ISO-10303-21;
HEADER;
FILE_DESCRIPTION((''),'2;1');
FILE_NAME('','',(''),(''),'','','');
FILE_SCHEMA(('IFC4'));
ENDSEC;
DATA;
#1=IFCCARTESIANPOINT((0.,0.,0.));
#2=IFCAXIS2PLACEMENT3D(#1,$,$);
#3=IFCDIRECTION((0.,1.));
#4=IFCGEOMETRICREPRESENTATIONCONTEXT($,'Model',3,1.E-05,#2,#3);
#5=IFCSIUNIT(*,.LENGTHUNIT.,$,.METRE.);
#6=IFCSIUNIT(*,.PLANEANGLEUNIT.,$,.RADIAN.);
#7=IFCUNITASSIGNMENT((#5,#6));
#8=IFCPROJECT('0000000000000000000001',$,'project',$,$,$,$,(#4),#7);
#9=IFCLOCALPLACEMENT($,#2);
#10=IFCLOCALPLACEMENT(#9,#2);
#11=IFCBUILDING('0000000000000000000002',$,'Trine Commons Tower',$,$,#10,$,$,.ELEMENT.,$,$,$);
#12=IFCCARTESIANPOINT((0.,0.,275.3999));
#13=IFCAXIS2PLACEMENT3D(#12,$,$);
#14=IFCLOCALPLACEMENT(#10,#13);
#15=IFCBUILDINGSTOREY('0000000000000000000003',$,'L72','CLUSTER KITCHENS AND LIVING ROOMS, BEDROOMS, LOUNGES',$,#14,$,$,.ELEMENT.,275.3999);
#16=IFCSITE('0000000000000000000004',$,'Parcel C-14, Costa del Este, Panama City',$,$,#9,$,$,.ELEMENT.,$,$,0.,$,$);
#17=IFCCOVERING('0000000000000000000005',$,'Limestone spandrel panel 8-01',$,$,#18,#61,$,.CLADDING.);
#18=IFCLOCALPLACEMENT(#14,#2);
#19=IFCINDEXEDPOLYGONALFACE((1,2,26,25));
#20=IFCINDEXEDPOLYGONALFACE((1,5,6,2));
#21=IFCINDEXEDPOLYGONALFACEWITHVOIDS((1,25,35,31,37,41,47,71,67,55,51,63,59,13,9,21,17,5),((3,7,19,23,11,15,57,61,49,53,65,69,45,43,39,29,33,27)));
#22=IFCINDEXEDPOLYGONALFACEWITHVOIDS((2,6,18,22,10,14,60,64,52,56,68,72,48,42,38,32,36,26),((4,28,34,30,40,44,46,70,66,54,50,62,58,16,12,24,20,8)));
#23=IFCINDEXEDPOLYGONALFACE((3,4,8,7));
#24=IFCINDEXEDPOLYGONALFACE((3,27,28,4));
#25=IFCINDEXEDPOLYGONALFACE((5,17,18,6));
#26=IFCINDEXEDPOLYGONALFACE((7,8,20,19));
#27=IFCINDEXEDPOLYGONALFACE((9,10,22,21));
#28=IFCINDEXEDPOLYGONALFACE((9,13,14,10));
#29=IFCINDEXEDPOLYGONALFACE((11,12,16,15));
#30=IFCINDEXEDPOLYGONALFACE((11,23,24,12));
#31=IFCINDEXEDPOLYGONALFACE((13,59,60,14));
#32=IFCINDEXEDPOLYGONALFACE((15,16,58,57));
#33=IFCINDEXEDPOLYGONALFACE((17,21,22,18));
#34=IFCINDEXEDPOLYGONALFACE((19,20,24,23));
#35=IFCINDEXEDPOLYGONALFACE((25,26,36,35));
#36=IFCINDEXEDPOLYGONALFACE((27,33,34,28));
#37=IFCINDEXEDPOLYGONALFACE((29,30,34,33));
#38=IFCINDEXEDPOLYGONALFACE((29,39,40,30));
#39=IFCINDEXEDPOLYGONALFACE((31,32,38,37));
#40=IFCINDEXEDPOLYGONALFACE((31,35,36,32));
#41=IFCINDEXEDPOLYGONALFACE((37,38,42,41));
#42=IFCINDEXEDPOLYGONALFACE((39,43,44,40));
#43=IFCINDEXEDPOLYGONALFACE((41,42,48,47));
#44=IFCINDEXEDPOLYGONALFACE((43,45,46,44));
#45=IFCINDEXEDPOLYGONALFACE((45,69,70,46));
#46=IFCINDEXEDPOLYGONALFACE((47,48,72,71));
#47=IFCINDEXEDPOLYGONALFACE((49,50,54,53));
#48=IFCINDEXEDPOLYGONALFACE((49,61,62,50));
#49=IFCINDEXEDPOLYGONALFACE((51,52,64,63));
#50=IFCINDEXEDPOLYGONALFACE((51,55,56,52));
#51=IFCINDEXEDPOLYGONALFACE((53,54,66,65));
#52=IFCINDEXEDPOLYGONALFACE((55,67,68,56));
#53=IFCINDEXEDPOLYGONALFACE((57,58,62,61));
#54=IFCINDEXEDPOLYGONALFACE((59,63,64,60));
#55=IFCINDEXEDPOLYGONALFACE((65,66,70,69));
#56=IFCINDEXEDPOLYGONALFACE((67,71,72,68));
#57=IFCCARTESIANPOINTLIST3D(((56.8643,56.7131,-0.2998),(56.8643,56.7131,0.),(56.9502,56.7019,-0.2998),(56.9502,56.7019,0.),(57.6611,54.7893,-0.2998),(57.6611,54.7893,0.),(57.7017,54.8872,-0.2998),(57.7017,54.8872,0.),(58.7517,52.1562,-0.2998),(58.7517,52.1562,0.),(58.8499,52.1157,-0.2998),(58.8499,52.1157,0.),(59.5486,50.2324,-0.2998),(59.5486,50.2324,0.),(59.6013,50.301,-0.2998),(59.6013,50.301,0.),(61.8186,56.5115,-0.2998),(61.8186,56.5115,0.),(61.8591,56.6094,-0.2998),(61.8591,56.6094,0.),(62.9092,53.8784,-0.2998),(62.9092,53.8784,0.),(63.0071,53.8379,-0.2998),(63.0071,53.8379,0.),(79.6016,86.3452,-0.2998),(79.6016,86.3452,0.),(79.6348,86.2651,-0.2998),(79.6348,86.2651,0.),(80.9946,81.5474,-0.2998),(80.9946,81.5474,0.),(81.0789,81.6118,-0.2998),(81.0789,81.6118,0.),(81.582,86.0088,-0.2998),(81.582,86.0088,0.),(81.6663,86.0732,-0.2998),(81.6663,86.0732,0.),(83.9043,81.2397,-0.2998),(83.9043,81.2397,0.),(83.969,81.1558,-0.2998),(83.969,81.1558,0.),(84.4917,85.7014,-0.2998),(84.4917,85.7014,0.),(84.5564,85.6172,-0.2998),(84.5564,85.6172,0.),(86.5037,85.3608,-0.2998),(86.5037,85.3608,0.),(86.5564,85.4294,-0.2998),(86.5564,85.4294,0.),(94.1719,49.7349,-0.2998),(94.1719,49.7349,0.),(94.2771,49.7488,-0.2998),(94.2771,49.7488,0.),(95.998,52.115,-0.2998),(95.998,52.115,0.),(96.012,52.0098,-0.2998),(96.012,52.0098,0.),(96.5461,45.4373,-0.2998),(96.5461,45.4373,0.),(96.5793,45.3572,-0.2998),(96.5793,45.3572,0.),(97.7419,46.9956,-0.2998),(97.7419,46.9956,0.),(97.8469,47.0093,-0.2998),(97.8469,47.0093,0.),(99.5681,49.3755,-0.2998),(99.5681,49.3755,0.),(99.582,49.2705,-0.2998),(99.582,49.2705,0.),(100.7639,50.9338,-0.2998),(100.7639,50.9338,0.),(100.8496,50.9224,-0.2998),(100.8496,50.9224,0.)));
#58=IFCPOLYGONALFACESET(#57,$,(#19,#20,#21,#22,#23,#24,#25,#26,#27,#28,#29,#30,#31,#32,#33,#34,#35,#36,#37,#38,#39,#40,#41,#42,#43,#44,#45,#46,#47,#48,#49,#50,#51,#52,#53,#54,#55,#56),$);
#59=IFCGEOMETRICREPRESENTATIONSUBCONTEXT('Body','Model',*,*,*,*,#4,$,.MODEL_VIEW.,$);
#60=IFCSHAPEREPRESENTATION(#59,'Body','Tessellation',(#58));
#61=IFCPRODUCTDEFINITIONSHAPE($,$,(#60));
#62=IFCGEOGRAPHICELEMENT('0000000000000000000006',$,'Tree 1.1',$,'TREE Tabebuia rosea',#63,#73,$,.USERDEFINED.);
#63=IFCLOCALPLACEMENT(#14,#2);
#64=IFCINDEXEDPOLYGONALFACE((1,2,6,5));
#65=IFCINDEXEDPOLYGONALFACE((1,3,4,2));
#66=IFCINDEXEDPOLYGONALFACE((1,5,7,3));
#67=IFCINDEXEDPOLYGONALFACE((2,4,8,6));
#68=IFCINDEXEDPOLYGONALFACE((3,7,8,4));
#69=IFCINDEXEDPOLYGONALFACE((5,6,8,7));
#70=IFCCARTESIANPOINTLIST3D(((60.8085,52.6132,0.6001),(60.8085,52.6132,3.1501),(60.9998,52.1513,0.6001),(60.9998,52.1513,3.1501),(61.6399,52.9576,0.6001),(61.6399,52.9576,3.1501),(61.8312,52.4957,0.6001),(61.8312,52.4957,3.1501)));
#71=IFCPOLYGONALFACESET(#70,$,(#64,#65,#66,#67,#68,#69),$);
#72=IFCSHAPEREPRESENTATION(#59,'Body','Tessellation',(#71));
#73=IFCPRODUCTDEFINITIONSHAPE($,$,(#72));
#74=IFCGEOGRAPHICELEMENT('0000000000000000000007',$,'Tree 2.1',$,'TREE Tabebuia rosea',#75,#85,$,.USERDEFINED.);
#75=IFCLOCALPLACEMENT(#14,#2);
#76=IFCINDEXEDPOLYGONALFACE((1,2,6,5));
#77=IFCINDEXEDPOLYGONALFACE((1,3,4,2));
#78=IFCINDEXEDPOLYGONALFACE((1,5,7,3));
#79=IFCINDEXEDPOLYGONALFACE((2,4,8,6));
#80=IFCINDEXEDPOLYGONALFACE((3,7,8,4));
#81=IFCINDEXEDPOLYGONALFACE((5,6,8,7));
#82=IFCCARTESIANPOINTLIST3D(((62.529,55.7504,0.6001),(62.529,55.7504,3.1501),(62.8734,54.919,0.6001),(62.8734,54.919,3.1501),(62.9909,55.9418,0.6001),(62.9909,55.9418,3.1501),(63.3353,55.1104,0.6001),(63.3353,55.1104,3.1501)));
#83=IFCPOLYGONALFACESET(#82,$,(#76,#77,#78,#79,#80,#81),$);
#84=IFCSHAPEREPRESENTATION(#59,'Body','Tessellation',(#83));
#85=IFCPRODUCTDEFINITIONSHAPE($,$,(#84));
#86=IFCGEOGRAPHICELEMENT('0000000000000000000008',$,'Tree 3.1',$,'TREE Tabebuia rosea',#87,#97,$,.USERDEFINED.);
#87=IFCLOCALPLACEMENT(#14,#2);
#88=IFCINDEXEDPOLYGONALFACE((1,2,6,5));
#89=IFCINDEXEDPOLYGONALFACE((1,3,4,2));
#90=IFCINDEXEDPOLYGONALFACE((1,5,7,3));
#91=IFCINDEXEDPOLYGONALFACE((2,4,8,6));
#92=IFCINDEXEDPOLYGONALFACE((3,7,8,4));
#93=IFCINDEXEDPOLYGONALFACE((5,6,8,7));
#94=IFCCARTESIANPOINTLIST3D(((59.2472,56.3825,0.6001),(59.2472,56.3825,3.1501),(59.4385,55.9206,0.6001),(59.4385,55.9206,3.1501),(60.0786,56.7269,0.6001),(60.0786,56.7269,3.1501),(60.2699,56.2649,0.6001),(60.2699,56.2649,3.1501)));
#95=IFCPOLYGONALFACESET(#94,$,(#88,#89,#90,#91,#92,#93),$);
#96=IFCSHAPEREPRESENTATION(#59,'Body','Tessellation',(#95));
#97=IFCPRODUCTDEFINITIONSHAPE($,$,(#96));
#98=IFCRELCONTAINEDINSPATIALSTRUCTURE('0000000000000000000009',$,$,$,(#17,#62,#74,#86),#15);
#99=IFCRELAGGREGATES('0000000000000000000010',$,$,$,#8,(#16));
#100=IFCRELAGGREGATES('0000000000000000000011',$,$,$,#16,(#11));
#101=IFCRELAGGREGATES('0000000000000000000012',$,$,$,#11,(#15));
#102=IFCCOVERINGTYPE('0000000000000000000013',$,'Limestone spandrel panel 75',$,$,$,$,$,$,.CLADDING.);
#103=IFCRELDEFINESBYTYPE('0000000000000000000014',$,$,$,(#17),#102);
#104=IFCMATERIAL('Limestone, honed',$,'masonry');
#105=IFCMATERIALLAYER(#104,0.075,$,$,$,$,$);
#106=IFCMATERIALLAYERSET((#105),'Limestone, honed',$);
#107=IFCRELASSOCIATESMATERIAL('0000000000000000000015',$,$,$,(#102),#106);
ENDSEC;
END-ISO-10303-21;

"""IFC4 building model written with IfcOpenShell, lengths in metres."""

from ifc_helpers import new_model, si_unit, direction, frame, origin, origin_2d, place, context, subcontext, project, spatial, polyline, rectangle, outline, extrude, material, layer, layer_set, type_object, element, save


model = new_model("IFC4")

# Units and contexts
model_context = context("Model", 3, precision=1e-05, world=origin(), true_north=direction((0.0, 1.0)))
body_context = subcontext(model_context, "Body", "Model", "MODEL_VIEW")
ifc_project = project(units=[si_unit("LENGTHUNIT", "METRE"), si_unit("PLANEANGLEUNIT", "RADIAN")], contexts=[model_context])

# Site, building, storey
site_placement = place(None, origin())
site = spatial("IfcSite", under=ifc_project, at=site_placement, Name="Parcel C-14, Costa del Este, Panama City", CompositionType="ELEMENT", RefElevation=0.0)
building_placement = place(site_placement, origin())
building = spatial("IfcBuilding", under=site, at=building_placement, Name="Trine Commons Tower", CompositionType="ELEMENT")
storey_placement = place(building_placement, frame((0.0, 0.0, 275.3999)))
storey = spatial("IfcBuildingStorey", under=building, at=storey_placement, Name="L72", Description="CLUSTER KITCHENS AND LIVING ROOMS, BEDROOMS, LOUNGES", CompositionType="ELEMENT", Elevation=275.3999)

# Covering
ifc_material_1 = material(Name="Limestone, honed", Category="masonry")
ifc_layer_1 = layer(ifc_material_1, 0.075)
ifc_layer_set_1 = layer_set([ifc_layer_1], Name="Limestone, honed")
covering_type = type_object("IfcCoveringType", Name="Limestone spandrel panel 75", PredefinedType="CLADDING", material=ifc_layer_set_1)
covering_placement = place(storey_placement, frame((0.0, 0.0, -0.2998)))
element("IfcCovering", 1, at=covering_placement, inside=storey, type_object=covering_type, Name="Limestone spandrel panel 8-01", PredefinedType="CLADDING", context=body_context, shape_type="SweptSolid", body=[
    extrude(outline(polyline([(96.012, 52.0098), (99.582, 49.2705), (100.8496, 50.9224), (86.5564, 85.4294), (84.4917, 85.7014), (83.9043, 81.2397), (81.0789, 81.6118), (81.6663, 86.0732), (79.6016, 86.3452), (56.8643, 56.7131), (57.6611, 54.7893), (61.8186, 56.5115), (62.9092, 53.8784), (58.7517, 52.1562), (59.5486, 50.2324), (96.5793, 45.3572), (97.8469, 47.0093), (94.2771, 49.7488), (96.012, 52.0098)]), holes=[polyline([(84.5564, 85.6172), (86.5037, 85.3608), (100.7639, 50.9338), (99.5681, 49.3755), (95.998, 52.115), (94.1719, 49.7349), (97.7419, 46.9956), (96.5461, 45.4373), (59.6013, 50.301), (58.8499, 52.1157), (63.0071, 53.8379), (61.8591, 56.6094), (57.7017, 54.8872), (56.9502, 56.7019), (79.6348, 86.2651), (81.582, 86.0088), (80.9946, 81.5474), (83.969, 81.1558), (84.5564, 85.6172)])]), origin(), (0.0, 0.0, 1.0), 0.2998),
])

# Geographic elements
for number, where, z_axis, x_axis, name in (
    (2, (61.3198, 52.5544, 0.6001), (0.0, 0.0, 1.0), (0.923886, 0.382669, 0.0), "Tree 1.1"),
    (3, (62.9321, 55.4304, 0.6001), (0.0, 0.0, 1.0), (-0.382688, 0.923878, 0.0), "Tree 2.1"),
    (4, (59.7585, 56.3237, 0.6001), (0.0, 0.0, 1.0), (-0.923886, -0.382669, 0.0), "Tree 3.1"),
):
    element("IfcGeographicElement", number, at=place(storey_placement, frame(where, z_axis=z_axis, x_axis=x_axis)), inside=storey, Name=name, ObjectType="TREE Tabebuia rosea", PredefinedType="USERDEFINED", context=body_context, shape_type="SweptSolid", body=[
        extrude(rectangle(XDim=0.8999, YDim=0.5, at=origin_2d()), origin(), (0.0, 0.0, 1.0), 2.55),
    ])

save(model, "model.ifc")
